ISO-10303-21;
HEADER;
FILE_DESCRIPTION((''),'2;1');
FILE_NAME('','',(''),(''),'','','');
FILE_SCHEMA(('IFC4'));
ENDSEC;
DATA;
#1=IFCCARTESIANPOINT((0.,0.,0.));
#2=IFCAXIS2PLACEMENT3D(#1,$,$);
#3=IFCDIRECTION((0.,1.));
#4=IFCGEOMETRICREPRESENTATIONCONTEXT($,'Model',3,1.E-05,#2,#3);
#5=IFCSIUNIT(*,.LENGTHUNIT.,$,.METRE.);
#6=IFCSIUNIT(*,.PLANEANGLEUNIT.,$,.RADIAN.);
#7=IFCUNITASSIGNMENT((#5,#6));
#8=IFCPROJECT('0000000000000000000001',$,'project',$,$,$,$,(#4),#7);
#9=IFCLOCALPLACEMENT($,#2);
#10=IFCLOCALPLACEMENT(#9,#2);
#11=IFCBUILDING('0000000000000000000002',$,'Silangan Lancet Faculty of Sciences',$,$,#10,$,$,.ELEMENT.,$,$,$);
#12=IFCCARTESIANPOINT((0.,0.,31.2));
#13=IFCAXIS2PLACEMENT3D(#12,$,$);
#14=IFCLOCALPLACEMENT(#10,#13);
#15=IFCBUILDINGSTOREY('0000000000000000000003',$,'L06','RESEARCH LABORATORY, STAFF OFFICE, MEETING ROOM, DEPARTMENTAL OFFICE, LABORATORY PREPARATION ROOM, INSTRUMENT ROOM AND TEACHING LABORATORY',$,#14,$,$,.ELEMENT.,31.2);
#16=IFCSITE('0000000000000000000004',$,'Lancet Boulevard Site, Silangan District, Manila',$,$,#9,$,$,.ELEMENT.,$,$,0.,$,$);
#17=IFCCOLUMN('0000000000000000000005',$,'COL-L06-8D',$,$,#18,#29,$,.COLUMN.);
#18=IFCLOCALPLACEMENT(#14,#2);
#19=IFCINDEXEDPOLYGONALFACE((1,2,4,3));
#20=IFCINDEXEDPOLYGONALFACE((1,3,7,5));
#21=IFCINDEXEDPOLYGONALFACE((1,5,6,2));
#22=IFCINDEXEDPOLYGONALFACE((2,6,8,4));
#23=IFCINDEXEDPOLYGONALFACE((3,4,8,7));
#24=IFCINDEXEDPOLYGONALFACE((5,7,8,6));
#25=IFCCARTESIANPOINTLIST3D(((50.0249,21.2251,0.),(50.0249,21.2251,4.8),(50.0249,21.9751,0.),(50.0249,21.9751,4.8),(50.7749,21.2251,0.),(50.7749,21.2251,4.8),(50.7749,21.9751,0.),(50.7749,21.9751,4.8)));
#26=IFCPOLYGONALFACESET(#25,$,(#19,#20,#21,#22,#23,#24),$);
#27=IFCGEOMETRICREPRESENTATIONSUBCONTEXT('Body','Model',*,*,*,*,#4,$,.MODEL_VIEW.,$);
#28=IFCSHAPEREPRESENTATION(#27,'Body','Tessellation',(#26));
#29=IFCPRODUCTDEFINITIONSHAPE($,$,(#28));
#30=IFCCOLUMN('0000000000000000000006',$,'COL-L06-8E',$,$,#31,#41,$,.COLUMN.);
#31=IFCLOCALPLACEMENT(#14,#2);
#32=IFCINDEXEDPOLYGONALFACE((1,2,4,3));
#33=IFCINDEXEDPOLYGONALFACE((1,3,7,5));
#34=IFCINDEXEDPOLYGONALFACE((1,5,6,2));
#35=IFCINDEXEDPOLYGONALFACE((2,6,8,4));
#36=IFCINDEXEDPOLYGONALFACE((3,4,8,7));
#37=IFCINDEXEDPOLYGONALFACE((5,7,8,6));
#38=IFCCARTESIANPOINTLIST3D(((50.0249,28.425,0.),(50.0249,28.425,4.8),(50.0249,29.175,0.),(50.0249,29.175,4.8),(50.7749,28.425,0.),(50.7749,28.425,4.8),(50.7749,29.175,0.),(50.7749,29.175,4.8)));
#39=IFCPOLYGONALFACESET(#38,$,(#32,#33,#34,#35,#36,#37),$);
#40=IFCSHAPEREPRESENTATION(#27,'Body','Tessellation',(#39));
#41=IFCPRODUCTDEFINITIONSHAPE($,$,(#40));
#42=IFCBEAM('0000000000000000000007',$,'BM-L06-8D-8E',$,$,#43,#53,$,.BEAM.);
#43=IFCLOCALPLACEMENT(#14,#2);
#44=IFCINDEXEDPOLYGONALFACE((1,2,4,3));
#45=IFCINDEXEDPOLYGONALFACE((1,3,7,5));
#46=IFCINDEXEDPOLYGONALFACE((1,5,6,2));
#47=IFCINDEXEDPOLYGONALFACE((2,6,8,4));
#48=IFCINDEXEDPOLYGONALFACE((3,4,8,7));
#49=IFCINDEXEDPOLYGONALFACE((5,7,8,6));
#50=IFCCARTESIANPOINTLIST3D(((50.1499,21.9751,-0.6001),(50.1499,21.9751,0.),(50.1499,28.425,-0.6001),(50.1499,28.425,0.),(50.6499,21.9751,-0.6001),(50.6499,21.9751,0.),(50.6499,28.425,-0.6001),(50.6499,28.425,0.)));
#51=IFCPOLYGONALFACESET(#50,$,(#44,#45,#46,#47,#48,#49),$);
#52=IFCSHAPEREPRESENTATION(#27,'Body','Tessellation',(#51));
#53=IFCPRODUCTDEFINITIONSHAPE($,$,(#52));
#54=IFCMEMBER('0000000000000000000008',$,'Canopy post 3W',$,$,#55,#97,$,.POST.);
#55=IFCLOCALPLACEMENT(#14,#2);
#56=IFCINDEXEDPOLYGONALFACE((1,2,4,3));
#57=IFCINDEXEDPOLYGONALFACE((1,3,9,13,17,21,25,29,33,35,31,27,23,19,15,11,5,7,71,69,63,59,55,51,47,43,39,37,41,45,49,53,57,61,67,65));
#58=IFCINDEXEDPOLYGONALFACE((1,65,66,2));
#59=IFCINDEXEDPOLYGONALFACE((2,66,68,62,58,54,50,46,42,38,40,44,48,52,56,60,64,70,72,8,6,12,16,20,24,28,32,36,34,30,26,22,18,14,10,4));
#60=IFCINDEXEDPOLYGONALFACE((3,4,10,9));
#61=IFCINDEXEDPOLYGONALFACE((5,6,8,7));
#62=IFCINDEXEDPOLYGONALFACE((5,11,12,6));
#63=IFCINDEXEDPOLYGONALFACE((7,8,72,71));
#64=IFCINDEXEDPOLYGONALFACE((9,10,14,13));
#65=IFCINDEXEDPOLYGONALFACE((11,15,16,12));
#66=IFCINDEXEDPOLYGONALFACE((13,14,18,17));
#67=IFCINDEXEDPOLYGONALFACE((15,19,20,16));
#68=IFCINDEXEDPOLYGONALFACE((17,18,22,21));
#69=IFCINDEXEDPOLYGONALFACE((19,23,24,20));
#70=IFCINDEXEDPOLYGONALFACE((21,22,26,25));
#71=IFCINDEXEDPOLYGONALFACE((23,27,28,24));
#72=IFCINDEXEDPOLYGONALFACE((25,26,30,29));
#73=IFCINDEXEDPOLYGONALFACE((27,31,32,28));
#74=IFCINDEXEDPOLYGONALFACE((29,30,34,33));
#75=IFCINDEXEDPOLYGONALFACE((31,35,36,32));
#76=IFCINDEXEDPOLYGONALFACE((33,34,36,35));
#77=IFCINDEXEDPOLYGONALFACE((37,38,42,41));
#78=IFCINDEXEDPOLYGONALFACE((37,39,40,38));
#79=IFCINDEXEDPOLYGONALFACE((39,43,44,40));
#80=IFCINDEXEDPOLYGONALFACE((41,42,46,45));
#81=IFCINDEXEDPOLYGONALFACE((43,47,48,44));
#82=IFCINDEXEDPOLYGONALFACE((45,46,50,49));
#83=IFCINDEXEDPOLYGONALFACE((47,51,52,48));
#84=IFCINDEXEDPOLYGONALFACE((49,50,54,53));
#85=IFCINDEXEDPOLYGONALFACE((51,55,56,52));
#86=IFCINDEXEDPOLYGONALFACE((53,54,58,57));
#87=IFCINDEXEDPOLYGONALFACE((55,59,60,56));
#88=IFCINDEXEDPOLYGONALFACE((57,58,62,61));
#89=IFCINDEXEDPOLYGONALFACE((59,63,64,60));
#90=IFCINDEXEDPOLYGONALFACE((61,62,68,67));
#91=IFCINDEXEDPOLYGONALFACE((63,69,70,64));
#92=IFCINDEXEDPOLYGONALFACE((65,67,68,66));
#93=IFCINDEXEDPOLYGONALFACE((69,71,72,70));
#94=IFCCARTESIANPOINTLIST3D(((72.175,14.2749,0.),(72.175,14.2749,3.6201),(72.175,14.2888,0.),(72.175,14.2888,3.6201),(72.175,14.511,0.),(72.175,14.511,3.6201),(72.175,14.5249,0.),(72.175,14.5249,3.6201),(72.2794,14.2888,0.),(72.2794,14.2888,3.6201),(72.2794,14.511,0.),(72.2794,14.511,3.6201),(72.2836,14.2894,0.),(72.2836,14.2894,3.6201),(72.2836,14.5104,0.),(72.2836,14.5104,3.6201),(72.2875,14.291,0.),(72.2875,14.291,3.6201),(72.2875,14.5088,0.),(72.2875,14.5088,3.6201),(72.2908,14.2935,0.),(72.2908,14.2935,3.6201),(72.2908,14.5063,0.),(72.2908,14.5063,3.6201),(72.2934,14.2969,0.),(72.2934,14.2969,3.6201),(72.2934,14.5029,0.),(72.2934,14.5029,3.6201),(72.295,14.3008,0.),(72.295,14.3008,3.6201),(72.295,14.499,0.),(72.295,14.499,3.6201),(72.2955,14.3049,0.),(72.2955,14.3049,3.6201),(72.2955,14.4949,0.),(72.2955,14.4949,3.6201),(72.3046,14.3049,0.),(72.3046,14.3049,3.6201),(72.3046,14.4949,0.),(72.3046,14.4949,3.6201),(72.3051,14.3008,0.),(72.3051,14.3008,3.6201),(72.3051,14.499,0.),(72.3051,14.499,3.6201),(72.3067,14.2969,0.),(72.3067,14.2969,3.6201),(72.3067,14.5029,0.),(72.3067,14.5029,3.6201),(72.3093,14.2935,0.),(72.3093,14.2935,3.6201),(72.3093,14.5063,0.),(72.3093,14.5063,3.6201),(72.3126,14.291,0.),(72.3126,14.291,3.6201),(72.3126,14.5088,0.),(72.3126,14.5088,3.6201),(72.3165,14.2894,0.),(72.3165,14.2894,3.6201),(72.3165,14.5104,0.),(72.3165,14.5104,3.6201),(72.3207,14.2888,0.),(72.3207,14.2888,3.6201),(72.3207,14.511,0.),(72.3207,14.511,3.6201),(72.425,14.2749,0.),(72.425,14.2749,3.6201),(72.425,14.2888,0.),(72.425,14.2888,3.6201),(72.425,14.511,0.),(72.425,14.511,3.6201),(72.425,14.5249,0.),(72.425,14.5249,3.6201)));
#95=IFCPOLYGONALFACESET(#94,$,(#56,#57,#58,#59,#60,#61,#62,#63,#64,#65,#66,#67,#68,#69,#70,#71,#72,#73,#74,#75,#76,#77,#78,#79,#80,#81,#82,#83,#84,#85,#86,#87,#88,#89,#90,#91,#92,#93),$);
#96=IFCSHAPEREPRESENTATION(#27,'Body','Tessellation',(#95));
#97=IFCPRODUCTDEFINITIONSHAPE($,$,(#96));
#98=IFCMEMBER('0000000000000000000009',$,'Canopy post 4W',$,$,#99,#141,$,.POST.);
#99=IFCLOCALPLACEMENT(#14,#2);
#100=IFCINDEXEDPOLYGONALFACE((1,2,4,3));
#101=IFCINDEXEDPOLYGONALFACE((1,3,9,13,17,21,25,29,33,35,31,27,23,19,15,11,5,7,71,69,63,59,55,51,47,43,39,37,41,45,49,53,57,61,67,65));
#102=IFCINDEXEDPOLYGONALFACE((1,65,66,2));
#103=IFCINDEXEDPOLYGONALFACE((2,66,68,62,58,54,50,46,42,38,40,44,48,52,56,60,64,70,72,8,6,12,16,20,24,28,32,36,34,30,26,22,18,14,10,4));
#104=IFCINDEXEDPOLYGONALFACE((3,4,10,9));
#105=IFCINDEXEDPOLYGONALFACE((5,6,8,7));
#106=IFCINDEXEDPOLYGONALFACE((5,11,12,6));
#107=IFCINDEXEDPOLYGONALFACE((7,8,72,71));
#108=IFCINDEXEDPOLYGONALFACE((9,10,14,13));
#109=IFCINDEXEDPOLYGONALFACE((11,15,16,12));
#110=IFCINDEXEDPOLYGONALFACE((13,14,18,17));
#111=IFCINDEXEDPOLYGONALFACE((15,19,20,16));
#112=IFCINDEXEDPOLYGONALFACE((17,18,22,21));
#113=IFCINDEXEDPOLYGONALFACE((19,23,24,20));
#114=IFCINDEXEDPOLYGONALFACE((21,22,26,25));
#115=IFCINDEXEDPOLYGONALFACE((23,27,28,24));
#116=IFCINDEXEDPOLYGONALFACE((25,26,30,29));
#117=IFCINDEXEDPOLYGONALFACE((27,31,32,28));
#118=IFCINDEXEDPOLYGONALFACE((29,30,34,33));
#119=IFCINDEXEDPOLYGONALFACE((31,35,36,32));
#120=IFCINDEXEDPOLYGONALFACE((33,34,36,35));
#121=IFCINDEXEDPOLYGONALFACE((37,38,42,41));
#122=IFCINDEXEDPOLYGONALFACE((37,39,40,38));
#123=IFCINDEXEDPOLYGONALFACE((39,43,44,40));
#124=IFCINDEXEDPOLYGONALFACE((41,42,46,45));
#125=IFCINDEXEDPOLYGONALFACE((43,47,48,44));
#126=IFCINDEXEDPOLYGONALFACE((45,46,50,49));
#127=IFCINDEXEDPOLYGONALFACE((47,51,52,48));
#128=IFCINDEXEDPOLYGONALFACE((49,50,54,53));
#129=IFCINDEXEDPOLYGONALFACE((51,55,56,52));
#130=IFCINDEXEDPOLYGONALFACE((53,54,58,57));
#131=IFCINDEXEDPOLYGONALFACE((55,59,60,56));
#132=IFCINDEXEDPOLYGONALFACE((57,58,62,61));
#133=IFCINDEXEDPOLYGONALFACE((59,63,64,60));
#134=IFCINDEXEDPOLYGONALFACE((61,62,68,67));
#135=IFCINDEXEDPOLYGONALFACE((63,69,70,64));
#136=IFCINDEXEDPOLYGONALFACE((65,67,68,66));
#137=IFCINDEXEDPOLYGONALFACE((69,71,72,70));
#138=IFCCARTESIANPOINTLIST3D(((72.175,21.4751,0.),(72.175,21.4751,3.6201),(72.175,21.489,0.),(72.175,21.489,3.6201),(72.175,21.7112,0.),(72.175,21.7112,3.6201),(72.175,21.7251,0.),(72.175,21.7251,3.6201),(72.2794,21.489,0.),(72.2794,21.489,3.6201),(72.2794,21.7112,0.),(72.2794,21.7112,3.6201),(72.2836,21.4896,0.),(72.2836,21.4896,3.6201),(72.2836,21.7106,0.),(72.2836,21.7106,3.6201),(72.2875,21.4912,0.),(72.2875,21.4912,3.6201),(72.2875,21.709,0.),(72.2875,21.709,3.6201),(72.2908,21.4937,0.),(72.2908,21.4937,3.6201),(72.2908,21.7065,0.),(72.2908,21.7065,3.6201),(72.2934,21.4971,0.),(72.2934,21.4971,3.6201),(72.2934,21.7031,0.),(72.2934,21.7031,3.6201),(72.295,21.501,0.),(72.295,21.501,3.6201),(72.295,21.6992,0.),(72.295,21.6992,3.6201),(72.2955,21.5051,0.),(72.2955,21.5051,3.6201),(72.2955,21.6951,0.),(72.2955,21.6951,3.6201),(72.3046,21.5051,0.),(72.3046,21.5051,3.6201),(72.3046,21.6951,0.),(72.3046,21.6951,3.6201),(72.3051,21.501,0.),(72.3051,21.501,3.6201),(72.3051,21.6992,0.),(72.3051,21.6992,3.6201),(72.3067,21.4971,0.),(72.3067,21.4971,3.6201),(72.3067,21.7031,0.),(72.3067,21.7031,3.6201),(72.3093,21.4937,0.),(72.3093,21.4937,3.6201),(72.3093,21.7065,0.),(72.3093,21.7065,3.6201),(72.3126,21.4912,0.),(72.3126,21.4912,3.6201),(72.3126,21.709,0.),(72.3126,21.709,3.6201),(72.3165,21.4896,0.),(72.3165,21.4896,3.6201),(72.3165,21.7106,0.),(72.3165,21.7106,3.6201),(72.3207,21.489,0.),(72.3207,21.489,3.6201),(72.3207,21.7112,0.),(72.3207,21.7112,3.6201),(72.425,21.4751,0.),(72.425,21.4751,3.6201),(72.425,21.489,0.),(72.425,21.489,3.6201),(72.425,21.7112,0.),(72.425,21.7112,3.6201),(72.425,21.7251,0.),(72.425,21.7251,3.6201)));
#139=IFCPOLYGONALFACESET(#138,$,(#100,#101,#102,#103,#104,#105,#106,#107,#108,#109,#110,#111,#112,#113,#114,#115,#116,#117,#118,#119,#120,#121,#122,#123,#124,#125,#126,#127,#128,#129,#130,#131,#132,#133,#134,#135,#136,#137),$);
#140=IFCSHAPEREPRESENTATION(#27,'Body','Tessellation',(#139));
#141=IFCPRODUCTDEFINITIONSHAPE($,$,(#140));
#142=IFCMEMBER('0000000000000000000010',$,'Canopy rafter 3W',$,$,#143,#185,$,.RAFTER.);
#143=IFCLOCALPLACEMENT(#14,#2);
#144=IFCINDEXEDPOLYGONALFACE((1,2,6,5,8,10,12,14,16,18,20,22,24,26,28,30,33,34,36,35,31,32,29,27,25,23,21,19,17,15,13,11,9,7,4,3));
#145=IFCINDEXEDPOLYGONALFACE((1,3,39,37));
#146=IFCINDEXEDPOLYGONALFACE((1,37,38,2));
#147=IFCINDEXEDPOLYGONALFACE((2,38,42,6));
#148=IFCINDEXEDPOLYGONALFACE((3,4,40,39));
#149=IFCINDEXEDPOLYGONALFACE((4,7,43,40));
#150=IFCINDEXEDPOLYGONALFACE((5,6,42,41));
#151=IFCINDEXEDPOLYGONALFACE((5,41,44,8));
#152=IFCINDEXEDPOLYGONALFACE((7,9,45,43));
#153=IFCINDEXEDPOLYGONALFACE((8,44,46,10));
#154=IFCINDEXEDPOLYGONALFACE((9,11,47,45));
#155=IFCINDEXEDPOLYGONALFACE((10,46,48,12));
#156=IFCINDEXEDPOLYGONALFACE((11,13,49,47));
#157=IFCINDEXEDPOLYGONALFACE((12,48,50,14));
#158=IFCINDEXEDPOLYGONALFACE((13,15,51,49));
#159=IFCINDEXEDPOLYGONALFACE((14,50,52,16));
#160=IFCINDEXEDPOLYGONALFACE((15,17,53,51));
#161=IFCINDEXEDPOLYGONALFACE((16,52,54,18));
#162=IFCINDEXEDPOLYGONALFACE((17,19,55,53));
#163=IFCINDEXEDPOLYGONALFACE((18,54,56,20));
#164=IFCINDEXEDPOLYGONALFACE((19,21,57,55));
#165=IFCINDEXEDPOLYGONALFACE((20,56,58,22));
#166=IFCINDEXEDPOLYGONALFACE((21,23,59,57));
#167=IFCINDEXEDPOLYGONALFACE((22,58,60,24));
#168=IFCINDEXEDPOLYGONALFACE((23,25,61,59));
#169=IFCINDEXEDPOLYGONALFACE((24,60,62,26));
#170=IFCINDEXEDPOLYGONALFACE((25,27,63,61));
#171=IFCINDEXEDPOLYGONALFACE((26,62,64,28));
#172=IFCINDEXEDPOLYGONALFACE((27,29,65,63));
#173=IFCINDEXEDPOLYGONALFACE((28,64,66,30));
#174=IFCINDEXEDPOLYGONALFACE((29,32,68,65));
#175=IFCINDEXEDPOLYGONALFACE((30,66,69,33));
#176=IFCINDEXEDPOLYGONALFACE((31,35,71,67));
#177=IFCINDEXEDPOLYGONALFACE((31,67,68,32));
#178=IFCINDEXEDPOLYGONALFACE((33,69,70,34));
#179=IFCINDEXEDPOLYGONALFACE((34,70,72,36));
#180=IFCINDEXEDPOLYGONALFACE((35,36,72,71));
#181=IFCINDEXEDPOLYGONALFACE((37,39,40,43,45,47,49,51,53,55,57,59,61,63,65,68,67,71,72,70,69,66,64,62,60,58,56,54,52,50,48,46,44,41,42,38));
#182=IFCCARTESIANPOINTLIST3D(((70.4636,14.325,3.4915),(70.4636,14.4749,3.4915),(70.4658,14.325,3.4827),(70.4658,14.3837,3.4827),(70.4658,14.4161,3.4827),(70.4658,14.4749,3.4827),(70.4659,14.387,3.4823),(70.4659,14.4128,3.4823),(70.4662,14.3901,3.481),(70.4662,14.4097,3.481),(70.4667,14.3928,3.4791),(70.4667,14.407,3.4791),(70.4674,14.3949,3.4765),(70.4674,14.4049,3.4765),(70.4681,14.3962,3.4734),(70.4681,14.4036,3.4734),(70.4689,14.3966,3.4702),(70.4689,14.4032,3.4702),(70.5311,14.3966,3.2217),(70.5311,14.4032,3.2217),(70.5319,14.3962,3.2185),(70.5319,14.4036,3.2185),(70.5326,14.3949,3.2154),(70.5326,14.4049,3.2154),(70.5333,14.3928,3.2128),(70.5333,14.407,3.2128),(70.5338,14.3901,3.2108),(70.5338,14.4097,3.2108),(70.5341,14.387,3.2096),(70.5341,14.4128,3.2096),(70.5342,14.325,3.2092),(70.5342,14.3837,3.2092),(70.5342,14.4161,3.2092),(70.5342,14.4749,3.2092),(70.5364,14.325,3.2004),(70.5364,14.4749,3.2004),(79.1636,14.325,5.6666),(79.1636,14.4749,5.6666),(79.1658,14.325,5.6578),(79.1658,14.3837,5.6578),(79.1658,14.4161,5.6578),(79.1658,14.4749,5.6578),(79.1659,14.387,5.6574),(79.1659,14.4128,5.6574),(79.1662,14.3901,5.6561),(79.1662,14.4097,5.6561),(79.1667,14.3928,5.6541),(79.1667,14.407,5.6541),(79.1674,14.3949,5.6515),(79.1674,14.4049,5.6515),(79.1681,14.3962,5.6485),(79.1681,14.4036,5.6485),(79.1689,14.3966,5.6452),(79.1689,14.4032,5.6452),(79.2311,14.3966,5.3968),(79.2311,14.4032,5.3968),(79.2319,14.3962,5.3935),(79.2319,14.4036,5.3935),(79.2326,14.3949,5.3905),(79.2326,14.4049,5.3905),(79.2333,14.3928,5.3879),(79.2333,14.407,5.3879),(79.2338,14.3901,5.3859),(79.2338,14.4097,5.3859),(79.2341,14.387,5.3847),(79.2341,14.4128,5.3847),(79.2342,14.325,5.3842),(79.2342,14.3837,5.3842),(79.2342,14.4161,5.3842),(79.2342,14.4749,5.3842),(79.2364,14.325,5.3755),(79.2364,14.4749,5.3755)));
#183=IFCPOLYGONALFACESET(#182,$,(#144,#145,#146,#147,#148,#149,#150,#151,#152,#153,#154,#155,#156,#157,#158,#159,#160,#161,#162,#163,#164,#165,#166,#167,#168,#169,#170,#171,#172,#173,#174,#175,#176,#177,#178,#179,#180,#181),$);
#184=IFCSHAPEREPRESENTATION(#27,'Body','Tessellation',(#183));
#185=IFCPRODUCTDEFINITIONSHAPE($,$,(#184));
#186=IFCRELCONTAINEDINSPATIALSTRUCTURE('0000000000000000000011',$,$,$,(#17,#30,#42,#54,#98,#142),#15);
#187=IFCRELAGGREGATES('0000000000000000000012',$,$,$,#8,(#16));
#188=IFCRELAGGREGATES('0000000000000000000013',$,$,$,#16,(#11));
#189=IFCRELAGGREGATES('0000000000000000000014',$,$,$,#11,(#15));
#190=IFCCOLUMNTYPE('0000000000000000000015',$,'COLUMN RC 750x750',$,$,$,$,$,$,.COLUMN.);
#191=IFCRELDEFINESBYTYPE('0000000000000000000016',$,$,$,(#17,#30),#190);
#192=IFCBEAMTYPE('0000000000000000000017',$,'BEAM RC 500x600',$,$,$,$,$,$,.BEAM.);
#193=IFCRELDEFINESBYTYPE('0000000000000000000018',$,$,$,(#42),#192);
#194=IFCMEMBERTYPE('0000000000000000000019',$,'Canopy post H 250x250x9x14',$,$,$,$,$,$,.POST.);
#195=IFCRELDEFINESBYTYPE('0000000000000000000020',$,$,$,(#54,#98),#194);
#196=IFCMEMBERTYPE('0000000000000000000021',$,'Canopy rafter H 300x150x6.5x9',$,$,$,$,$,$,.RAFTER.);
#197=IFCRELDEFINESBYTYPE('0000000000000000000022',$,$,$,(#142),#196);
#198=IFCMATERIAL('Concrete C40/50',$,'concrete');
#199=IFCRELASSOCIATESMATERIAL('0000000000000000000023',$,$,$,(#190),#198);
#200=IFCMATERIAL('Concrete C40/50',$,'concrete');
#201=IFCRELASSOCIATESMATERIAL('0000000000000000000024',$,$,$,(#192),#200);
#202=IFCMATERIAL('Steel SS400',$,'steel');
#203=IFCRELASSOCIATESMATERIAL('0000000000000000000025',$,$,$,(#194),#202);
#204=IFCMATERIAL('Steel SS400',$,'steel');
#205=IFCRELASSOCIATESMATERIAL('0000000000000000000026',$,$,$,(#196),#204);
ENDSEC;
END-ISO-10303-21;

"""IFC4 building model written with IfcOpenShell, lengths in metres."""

from ifc_helpers import new_model, si_unit, direction, frame, origin, origin_2d, place, context, subcontext, project, spatial, rectangle, i_section, extrude, material, material_profile, profile_set, type_object, element, save


model = new_model("IFC4")

# Units and contexts
model_context = context("Model", 3, precision=1e-05, world=origin(), true_north=direction((0.0, 1.0)))
body_context = subcontext(model_context, "Body", "Model", "MODEL_VIEW")
ifc_project = project(units=[si_unit("LENGTHUNIT", "METRE"), si_unit("PLANEANGLEUNIT", "RADIAN")], contexts=[model_context])

# Site, building, storey
site_placement = place(None, origin())
site = spatial("IfcSite", under=ifc_project, at=site_placement, Name="Lancet Boulevard Site, Silangan District, Manila", CompositionType="ELEMENT", RefElevation=0.0)
building_placement = place(site_placement, origin())
building = spatial("IfcBuilding", under=site, at=building_placement, Name="Silangan Lancet Faculty of Sciences", CompositionType="ELEMENT")
storey_placement = place(building_placement, frame((0.0, 0.0, 31.2)))
storey = spatial("IfcBuildingStorey", under=building, at=storey_placement, Name="L06", Description="RESEARCH LABORATORY, STAFF OFFICE, MEETING ROOM, DEPARTMENTAL OFFICE, LABORATORY PREPARATION ROOM, INSTRUMENT ROOM AND TEACHING LABORATORY", CompositionType="ELEMENT", Elevation=31.2)

# Columns
ifc_material_1 = material(Name="Concrete C40/50", Category="concrete")
ifc_material_profile_1 = material_profile(ifc_material_1, rectangle(XDim=0.75, YDim=0.75, at=origin_2d()), Name="RC 750x750")
ifc_profile_set_1 = profile_set([ifc_material_profile_1], Name="Concrete C40/50")
column_type = type_object("IfcColumnType", Name="COLUMN RC 750x750", PredefinedType="COLUMN", material=ifc_profile_set_1)
for number, where, z_axis, x_axis, name in (
    (1, (50.3999, 21.6001, 0.0), (0.0, 0.0, 1.0), (1.0, 0.0, 0.0), "COL-L06-8D"),
    (2, (50.3999, 28.8, 0.0), (0.0, 0.0, 1.0), (1.0, 0.0, 0.0), "COL-L06-8E"),
):
    element("IfcColumn", number, at=place(storey_placement, frame(where, z_axis=z_axis, x_axis=x_axis)), inside=storey, type_object=column_type, Name=name, PredefinedType="COLUMN", context=body_context, shape_type="SweptSolid", body=[
        extrude(rectangle(XDim=0.75, YDim=0.75, at=origin_2d()), origin(), (0.0, 0.0, 1.0), 4.8),
    ])

# Beam
ifc_material_2 = material(Name="Concrete C40/50", Category="concrete")
ifc_material_profile_2 = material_profile(ifc_material_2, rectangle(XDim=0.5, YDim=0.6001, at=origin_2d()), Name="RC 500x600")
ifc_profile_set_2 = profile_set([ifc_material_profile_2], Name="Concrete C40/50")
beam_type = type_object("IfcBeamType", Name="BEAM RC 500x600", PredefinedType="BEAM", material=ifc_profile_set_2)
beam_placement = place(storey_placement, frame((50.3999, 21.9751, -0.3), z_axis=(0.0, 1.0, 0.0), x_axis=(-1.0, 0.0, 0.0)))
element("IfcBeam", 3, at=beam_placement, inside=storey, type_object=beam_type, Name="BM-L06-8D-8E", PredefinedType="BEAM", context=body_context, shape_type="SweptSolid", body=[
    extrude(rectangle(XDim=0.5, YDim=0.6001, at=origin_2d()), origin(), (0.0, 0.0, 1.0), 6.45),
])

# Members
ifc_material_3 = material(Name="Steel SS400", Category="steel")
ifc_material_profile_3 = material_profile(ifc_material_3, i_section(OverallWidth=0.25, OverallDepth=0.25, WebThickness=0.009, FlangeThickness=0.0139, FilletRadius=0.0161, at=origin_2d()), Name="H 250x250x9x14")
ifc_profile_set_3 = profile_set([ifc_material_profile_3], Name="Steel SS400")
member_type_1 = type_object("IfcMemberType", Name="Canopy post H 250x250x9x14", PredefinedType="POST", material=ifc_profile_set_3)
for number, where, z_axis, x_axis, name in (
    (4, (72.3, 14.3999, 0.0), (0.0, 0.0, 1.0), (1.0, 0.0, 0.0), "Canopy post 3W"),
    (5, (72.3, 21.6001, 0.0), (0.0, 0.0, 1.0), (1.0, 0.0, 0.0), "Canopy post 4W"),
):
    element("IfcMember", number, at=place(storey_placement, frame(where, z_axis=z_axis, x_axis=x_axis)), inside=storey, type_object=member_type_1, Name=name, PredefinedType="POST", context=body_context, shape_type="SweptSolid", body=[
        extrude(i_section(OverallWidth=0.25, OverallDepth=0.25, WebThickness=0.009, FlangeThickness=0.0139, FilletRadius=0.0161, at=origin_2d()), origin(), (0.0, 0.0, 1.0), 3.6201),
    ])
ifc_material_4 = material(Name="Steel SS400", Category="steel")
ifc_material_profile_4 = material_profile(ifc_material_4, i_section(OverallWidth=0.1499, OverallDepth=0.3, WebThickness=0.0066, FlangeThickness=0.009, FilletRadius=0.0129, at=origin_2d()), Name="H 300x150x6.5x9")
ifc_profile_set_4 = profile_set([ifc_material_profile_4], Name="Steel SS400")
member_type_2 = type_object("IfcMemberType", Name="Canopy rafter H 300x150x6.5x9", PredefinedType="RAFTER", material=ifc_profile_set_4)
for number, where, z_axis, x_axis, name in (
    (6, (70.5, 14.3999, 3.3459), (0.970141, 0.0, 0.242542), (0.0, 1.0, 0.0), "Canopy rafter 3W"),
):
    element("IfcMember", number, at=place(storey_placement, frame(where, z_axis=z_axis, x_axis=x_axis)), inside=storey, type_object=member_type_2, Name=name, PredefinedType="RAFTER", context=body_context, shape_type="SweptSolid", body=[
        extrude(i_section(OverallWidth=0.1499, OverallDepth=0.3, WebThickness=0.0066, FlangeThickness=0.009, FilletRadius=0.0129, at=origin_2d()), origin(), (0.0, 0.0, 1.0), 8.9678),
    ])

save(model, "model.ifc")
